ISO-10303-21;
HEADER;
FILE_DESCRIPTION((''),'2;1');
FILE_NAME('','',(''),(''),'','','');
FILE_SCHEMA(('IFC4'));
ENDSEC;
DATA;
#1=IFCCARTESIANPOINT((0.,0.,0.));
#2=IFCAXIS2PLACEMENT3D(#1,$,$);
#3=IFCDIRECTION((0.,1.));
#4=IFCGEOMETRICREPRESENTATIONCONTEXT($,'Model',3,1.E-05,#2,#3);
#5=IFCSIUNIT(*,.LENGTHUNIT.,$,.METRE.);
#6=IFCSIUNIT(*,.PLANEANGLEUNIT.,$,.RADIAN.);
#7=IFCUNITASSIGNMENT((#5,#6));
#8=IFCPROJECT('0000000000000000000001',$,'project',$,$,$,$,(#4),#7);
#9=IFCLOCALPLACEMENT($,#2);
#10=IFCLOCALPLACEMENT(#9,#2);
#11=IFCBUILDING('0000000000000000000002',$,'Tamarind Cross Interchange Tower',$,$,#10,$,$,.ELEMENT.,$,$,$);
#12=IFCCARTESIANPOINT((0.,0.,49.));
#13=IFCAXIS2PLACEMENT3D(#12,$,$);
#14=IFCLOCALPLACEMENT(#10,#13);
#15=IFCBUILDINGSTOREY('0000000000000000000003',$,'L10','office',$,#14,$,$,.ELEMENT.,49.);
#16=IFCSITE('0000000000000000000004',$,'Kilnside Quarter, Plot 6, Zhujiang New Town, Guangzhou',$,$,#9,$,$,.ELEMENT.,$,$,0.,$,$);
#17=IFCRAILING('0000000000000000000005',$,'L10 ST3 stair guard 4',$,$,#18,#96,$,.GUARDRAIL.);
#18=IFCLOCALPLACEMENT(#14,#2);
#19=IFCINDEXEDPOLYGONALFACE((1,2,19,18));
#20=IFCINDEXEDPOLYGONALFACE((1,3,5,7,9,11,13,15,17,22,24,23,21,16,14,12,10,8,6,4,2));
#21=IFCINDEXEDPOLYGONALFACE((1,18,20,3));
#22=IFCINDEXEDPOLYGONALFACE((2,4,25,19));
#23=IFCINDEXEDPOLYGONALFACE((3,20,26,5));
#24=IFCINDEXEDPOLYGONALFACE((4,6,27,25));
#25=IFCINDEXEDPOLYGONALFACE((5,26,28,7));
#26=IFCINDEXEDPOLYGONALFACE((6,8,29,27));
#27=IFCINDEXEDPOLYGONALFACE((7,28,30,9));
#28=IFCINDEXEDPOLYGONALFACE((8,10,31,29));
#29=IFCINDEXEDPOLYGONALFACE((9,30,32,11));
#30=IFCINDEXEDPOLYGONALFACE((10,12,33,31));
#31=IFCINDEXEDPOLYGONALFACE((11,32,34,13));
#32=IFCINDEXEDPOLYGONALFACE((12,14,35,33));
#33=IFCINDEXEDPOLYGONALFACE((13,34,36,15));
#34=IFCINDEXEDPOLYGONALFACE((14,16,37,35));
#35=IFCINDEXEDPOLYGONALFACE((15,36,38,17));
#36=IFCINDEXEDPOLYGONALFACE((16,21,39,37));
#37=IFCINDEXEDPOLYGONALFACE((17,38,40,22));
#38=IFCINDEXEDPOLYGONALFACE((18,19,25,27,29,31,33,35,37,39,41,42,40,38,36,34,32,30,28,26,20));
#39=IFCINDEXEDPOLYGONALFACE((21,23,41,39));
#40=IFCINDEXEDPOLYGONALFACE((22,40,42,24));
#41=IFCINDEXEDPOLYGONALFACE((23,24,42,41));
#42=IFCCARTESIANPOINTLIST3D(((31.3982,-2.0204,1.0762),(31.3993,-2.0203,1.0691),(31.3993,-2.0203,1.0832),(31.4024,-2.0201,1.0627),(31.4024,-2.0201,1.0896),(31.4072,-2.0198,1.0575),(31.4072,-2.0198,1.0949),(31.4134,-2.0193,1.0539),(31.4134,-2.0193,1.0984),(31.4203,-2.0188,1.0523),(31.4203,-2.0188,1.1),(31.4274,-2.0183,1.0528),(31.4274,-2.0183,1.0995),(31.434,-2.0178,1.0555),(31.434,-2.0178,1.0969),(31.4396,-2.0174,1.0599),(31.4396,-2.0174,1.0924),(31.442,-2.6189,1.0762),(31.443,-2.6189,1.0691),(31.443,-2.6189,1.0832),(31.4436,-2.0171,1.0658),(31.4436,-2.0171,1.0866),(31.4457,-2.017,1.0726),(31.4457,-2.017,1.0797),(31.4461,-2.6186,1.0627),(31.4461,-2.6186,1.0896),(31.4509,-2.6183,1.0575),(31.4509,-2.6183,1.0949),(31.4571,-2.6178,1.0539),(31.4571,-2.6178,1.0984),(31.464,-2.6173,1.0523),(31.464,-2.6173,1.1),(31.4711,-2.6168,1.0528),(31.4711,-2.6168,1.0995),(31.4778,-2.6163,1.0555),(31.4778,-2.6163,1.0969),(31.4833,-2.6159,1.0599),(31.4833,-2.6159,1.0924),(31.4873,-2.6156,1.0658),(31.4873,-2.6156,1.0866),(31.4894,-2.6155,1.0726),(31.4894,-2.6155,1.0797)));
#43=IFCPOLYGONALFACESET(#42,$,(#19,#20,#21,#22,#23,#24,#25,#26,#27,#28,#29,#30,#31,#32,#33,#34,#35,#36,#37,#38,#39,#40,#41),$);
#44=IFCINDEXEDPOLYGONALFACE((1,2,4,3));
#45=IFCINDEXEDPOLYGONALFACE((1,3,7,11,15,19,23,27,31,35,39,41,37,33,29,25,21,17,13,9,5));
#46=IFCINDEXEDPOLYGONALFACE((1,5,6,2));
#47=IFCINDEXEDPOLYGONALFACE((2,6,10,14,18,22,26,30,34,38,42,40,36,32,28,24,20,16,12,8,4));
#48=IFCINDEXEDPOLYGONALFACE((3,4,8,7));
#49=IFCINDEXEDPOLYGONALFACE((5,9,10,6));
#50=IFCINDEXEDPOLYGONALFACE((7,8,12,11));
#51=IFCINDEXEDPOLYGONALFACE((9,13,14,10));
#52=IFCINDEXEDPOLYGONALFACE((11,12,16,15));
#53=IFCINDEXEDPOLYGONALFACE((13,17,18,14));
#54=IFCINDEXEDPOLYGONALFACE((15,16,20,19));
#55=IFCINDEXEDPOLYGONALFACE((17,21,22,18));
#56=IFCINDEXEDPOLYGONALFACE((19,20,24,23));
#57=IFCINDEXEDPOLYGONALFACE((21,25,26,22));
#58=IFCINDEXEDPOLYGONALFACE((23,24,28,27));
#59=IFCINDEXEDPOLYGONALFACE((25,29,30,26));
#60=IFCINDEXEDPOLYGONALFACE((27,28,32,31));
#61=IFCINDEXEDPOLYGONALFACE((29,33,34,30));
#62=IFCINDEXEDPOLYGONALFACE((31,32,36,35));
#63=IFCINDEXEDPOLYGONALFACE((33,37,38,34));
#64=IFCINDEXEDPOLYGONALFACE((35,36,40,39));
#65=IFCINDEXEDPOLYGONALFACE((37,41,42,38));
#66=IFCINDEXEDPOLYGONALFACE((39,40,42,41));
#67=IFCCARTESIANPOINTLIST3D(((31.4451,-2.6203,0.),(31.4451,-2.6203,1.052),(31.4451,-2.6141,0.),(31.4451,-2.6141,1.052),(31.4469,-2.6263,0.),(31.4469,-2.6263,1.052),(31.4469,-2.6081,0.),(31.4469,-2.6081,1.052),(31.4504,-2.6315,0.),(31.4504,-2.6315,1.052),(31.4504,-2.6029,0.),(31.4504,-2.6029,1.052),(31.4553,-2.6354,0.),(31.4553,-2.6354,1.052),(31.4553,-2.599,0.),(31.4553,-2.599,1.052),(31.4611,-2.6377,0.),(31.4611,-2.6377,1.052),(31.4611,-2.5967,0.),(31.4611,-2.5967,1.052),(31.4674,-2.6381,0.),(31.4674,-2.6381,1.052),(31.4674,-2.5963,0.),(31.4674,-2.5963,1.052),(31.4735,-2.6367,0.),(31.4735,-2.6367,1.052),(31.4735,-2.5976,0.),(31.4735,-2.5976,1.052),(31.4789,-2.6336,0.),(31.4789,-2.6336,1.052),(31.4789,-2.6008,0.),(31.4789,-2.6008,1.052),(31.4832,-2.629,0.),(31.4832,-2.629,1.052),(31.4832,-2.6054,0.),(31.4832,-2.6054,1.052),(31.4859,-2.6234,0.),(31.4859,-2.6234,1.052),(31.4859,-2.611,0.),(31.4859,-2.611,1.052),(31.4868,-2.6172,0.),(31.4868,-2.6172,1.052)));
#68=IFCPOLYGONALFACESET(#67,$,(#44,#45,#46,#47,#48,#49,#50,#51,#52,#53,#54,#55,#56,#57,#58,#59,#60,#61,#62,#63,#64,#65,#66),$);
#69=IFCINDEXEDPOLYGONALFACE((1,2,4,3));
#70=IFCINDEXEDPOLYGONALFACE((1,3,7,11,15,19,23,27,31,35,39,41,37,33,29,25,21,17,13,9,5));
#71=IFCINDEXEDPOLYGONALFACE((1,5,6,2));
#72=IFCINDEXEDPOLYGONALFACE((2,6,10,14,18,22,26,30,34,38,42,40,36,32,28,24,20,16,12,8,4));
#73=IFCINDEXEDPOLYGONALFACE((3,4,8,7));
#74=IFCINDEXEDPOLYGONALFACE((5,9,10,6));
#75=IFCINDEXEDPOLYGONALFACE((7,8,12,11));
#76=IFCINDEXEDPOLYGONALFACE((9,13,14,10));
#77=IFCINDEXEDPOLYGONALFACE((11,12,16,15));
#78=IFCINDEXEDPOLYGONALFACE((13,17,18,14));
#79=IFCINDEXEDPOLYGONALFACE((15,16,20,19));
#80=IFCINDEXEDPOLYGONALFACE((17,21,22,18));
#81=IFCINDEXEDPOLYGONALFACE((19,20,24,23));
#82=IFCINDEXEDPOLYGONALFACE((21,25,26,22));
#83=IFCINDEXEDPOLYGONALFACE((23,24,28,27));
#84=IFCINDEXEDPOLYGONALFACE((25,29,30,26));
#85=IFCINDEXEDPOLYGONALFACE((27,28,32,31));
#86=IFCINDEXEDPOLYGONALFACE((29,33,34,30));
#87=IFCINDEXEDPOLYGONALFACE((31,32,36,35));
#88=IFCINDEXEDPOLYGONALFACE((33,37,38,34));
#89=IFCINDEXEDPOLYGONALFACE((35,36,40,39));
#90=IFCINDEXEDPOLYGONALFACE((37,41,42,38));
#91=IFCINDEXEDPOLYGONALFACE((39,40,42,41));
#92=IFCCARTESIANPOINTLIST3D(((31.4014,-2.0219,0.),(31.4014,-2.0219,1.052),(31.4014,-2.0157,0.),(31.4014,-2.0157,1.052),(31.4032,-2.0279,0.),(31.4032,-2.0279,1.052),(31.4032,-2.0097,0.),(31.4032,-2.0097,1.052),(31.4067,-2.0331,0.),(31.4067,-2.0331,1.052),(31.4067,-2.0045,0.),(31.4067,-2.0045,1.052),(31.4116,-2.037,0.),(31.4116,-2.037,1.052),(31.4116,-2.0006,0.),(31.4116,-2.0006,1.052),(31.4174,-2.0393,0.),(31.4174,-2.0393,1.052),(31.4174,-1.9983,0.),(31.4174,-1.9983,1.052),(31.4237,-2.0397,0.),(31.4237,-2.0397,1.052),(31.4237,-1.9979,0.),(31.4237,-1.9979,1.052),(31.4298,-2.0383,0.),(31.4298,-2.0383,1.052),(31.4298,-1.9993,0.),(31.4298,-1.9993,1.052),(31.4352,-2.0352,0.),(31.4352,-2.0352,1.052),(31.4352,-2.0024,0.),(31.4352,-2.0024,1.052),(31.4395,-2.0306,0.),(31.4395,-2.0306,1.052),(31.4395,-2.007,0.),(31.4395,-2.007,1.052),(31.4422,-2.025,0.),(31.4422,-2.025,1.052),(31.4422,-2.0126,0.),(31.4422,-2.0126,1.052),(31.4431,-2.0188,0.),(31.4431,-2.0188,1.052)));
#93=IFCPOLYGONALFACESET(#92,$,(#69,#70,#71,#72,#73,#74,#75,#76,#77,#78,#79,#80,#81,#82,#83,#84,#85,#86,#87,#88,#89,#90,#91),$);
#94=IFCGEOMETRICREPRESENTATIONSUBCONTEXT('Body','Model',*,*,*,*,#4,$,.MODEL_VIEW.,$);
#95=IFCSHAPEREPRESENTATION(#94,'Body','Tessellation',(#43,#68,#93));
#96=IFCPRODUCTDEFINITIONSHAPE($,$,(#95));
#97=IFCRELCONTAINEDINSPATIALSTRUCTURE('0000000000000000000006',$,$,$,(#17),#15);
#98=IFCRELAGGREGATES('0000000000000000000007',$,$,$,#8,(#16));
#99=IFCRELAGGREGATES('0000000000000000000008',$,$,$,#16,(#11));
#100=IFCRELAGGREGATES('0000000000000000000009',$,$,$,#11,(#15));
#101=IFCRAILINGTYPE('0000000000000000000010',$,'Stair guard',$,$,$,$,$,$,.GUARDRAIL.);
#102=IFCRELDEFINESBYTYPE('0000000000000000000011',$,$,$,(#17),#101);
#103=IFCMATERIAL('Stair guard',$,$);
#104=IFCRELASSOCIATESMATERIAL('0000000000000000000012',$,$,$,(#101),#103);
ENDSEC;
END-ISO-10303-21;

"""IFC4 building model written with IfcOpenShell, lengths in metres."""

from ifc_helpers import new_model, si_unit, direction, frame, origin, origin_2d, place, context, subcontext, project, spatial, circle, extrude, material, type_object, element, save


model = new_model("IFC4")

# Units and contexts
model_context = context("Model", 3, precision=1e-05, world=origin(), true_north=direction((0.0, 1.0)))
body_context = subcontext(model_context, "Body", "Model", "MODEL_VIEW")
ifc_project = project(units=[si_unit("LENGTHUNIT", "METRE"), si_unit("PLANEANGLEUNIT", "RADIAN")], contexts=[model_context])

# Site, building, storey
site_placement = place(None, origin())
site = spatial("IfcSite", under=ifc_project, at=site_placement, Name="Kilnside Quarter, Plot 6, Zhujiang New Town, Guangzhou", CompositionType="ELEMENT", RefElevation=0.0)
building_placement = place(site_placement, origin())
building = spatial("IfcBuilding", under=site, at=building_placement, Name="Tamarind Cross Interchange Tower", CompositionType="ELEMENT")
storey_placement = place(building_placement, frame((0.0, 0.0, 49.0)))
storey = spatial("IfcBuildingStorey", under=building, at=storey_placement, Name="L10", Description="office", CompositionType="ELEMENT", Elevation=49.0)

# Railing
ifc_material_1 = material(Name="Stair guard")
railing_type_1 = type_object("IfcRailingType", Name="Stair guard", PredefinedType="GUARDRAIL", material=ifc_material_1)
railing_1_placement = place(storey_placement, frame((31.4658, -2.6172, 0.0)))
element("IfcRailing", 1, at=railing_1_placement, inside=storey, type_object=railing_type_1, Name="L10 ST3 stair guard 4", PredefinedType="GUARDRAIL", context=body_context, shape_type="SweptSolid", body=[
    extrude(circle(Radius=0.0239, at=origin_2d()), frame((0.0, 0.0, 1.0762), z_axis=(-0.072837, 0.997344, 0.0), x_axis=(-0.997344, -0.072837, 0.0)), (0.0, 0.0, 1.0), 0.6001),
    extrude(circle(Radius=0.021, at=origin_2d()), origin(), (0.0, 0.0, 1.0), 1.052),
    extrude(circle(Radius=0.021, at=origin_2d()), frame((-0.0437, 0.5984, 0.0)), (0.0, 0.0, 1.0), 1.052),
])

save(model, "model.ifc")
